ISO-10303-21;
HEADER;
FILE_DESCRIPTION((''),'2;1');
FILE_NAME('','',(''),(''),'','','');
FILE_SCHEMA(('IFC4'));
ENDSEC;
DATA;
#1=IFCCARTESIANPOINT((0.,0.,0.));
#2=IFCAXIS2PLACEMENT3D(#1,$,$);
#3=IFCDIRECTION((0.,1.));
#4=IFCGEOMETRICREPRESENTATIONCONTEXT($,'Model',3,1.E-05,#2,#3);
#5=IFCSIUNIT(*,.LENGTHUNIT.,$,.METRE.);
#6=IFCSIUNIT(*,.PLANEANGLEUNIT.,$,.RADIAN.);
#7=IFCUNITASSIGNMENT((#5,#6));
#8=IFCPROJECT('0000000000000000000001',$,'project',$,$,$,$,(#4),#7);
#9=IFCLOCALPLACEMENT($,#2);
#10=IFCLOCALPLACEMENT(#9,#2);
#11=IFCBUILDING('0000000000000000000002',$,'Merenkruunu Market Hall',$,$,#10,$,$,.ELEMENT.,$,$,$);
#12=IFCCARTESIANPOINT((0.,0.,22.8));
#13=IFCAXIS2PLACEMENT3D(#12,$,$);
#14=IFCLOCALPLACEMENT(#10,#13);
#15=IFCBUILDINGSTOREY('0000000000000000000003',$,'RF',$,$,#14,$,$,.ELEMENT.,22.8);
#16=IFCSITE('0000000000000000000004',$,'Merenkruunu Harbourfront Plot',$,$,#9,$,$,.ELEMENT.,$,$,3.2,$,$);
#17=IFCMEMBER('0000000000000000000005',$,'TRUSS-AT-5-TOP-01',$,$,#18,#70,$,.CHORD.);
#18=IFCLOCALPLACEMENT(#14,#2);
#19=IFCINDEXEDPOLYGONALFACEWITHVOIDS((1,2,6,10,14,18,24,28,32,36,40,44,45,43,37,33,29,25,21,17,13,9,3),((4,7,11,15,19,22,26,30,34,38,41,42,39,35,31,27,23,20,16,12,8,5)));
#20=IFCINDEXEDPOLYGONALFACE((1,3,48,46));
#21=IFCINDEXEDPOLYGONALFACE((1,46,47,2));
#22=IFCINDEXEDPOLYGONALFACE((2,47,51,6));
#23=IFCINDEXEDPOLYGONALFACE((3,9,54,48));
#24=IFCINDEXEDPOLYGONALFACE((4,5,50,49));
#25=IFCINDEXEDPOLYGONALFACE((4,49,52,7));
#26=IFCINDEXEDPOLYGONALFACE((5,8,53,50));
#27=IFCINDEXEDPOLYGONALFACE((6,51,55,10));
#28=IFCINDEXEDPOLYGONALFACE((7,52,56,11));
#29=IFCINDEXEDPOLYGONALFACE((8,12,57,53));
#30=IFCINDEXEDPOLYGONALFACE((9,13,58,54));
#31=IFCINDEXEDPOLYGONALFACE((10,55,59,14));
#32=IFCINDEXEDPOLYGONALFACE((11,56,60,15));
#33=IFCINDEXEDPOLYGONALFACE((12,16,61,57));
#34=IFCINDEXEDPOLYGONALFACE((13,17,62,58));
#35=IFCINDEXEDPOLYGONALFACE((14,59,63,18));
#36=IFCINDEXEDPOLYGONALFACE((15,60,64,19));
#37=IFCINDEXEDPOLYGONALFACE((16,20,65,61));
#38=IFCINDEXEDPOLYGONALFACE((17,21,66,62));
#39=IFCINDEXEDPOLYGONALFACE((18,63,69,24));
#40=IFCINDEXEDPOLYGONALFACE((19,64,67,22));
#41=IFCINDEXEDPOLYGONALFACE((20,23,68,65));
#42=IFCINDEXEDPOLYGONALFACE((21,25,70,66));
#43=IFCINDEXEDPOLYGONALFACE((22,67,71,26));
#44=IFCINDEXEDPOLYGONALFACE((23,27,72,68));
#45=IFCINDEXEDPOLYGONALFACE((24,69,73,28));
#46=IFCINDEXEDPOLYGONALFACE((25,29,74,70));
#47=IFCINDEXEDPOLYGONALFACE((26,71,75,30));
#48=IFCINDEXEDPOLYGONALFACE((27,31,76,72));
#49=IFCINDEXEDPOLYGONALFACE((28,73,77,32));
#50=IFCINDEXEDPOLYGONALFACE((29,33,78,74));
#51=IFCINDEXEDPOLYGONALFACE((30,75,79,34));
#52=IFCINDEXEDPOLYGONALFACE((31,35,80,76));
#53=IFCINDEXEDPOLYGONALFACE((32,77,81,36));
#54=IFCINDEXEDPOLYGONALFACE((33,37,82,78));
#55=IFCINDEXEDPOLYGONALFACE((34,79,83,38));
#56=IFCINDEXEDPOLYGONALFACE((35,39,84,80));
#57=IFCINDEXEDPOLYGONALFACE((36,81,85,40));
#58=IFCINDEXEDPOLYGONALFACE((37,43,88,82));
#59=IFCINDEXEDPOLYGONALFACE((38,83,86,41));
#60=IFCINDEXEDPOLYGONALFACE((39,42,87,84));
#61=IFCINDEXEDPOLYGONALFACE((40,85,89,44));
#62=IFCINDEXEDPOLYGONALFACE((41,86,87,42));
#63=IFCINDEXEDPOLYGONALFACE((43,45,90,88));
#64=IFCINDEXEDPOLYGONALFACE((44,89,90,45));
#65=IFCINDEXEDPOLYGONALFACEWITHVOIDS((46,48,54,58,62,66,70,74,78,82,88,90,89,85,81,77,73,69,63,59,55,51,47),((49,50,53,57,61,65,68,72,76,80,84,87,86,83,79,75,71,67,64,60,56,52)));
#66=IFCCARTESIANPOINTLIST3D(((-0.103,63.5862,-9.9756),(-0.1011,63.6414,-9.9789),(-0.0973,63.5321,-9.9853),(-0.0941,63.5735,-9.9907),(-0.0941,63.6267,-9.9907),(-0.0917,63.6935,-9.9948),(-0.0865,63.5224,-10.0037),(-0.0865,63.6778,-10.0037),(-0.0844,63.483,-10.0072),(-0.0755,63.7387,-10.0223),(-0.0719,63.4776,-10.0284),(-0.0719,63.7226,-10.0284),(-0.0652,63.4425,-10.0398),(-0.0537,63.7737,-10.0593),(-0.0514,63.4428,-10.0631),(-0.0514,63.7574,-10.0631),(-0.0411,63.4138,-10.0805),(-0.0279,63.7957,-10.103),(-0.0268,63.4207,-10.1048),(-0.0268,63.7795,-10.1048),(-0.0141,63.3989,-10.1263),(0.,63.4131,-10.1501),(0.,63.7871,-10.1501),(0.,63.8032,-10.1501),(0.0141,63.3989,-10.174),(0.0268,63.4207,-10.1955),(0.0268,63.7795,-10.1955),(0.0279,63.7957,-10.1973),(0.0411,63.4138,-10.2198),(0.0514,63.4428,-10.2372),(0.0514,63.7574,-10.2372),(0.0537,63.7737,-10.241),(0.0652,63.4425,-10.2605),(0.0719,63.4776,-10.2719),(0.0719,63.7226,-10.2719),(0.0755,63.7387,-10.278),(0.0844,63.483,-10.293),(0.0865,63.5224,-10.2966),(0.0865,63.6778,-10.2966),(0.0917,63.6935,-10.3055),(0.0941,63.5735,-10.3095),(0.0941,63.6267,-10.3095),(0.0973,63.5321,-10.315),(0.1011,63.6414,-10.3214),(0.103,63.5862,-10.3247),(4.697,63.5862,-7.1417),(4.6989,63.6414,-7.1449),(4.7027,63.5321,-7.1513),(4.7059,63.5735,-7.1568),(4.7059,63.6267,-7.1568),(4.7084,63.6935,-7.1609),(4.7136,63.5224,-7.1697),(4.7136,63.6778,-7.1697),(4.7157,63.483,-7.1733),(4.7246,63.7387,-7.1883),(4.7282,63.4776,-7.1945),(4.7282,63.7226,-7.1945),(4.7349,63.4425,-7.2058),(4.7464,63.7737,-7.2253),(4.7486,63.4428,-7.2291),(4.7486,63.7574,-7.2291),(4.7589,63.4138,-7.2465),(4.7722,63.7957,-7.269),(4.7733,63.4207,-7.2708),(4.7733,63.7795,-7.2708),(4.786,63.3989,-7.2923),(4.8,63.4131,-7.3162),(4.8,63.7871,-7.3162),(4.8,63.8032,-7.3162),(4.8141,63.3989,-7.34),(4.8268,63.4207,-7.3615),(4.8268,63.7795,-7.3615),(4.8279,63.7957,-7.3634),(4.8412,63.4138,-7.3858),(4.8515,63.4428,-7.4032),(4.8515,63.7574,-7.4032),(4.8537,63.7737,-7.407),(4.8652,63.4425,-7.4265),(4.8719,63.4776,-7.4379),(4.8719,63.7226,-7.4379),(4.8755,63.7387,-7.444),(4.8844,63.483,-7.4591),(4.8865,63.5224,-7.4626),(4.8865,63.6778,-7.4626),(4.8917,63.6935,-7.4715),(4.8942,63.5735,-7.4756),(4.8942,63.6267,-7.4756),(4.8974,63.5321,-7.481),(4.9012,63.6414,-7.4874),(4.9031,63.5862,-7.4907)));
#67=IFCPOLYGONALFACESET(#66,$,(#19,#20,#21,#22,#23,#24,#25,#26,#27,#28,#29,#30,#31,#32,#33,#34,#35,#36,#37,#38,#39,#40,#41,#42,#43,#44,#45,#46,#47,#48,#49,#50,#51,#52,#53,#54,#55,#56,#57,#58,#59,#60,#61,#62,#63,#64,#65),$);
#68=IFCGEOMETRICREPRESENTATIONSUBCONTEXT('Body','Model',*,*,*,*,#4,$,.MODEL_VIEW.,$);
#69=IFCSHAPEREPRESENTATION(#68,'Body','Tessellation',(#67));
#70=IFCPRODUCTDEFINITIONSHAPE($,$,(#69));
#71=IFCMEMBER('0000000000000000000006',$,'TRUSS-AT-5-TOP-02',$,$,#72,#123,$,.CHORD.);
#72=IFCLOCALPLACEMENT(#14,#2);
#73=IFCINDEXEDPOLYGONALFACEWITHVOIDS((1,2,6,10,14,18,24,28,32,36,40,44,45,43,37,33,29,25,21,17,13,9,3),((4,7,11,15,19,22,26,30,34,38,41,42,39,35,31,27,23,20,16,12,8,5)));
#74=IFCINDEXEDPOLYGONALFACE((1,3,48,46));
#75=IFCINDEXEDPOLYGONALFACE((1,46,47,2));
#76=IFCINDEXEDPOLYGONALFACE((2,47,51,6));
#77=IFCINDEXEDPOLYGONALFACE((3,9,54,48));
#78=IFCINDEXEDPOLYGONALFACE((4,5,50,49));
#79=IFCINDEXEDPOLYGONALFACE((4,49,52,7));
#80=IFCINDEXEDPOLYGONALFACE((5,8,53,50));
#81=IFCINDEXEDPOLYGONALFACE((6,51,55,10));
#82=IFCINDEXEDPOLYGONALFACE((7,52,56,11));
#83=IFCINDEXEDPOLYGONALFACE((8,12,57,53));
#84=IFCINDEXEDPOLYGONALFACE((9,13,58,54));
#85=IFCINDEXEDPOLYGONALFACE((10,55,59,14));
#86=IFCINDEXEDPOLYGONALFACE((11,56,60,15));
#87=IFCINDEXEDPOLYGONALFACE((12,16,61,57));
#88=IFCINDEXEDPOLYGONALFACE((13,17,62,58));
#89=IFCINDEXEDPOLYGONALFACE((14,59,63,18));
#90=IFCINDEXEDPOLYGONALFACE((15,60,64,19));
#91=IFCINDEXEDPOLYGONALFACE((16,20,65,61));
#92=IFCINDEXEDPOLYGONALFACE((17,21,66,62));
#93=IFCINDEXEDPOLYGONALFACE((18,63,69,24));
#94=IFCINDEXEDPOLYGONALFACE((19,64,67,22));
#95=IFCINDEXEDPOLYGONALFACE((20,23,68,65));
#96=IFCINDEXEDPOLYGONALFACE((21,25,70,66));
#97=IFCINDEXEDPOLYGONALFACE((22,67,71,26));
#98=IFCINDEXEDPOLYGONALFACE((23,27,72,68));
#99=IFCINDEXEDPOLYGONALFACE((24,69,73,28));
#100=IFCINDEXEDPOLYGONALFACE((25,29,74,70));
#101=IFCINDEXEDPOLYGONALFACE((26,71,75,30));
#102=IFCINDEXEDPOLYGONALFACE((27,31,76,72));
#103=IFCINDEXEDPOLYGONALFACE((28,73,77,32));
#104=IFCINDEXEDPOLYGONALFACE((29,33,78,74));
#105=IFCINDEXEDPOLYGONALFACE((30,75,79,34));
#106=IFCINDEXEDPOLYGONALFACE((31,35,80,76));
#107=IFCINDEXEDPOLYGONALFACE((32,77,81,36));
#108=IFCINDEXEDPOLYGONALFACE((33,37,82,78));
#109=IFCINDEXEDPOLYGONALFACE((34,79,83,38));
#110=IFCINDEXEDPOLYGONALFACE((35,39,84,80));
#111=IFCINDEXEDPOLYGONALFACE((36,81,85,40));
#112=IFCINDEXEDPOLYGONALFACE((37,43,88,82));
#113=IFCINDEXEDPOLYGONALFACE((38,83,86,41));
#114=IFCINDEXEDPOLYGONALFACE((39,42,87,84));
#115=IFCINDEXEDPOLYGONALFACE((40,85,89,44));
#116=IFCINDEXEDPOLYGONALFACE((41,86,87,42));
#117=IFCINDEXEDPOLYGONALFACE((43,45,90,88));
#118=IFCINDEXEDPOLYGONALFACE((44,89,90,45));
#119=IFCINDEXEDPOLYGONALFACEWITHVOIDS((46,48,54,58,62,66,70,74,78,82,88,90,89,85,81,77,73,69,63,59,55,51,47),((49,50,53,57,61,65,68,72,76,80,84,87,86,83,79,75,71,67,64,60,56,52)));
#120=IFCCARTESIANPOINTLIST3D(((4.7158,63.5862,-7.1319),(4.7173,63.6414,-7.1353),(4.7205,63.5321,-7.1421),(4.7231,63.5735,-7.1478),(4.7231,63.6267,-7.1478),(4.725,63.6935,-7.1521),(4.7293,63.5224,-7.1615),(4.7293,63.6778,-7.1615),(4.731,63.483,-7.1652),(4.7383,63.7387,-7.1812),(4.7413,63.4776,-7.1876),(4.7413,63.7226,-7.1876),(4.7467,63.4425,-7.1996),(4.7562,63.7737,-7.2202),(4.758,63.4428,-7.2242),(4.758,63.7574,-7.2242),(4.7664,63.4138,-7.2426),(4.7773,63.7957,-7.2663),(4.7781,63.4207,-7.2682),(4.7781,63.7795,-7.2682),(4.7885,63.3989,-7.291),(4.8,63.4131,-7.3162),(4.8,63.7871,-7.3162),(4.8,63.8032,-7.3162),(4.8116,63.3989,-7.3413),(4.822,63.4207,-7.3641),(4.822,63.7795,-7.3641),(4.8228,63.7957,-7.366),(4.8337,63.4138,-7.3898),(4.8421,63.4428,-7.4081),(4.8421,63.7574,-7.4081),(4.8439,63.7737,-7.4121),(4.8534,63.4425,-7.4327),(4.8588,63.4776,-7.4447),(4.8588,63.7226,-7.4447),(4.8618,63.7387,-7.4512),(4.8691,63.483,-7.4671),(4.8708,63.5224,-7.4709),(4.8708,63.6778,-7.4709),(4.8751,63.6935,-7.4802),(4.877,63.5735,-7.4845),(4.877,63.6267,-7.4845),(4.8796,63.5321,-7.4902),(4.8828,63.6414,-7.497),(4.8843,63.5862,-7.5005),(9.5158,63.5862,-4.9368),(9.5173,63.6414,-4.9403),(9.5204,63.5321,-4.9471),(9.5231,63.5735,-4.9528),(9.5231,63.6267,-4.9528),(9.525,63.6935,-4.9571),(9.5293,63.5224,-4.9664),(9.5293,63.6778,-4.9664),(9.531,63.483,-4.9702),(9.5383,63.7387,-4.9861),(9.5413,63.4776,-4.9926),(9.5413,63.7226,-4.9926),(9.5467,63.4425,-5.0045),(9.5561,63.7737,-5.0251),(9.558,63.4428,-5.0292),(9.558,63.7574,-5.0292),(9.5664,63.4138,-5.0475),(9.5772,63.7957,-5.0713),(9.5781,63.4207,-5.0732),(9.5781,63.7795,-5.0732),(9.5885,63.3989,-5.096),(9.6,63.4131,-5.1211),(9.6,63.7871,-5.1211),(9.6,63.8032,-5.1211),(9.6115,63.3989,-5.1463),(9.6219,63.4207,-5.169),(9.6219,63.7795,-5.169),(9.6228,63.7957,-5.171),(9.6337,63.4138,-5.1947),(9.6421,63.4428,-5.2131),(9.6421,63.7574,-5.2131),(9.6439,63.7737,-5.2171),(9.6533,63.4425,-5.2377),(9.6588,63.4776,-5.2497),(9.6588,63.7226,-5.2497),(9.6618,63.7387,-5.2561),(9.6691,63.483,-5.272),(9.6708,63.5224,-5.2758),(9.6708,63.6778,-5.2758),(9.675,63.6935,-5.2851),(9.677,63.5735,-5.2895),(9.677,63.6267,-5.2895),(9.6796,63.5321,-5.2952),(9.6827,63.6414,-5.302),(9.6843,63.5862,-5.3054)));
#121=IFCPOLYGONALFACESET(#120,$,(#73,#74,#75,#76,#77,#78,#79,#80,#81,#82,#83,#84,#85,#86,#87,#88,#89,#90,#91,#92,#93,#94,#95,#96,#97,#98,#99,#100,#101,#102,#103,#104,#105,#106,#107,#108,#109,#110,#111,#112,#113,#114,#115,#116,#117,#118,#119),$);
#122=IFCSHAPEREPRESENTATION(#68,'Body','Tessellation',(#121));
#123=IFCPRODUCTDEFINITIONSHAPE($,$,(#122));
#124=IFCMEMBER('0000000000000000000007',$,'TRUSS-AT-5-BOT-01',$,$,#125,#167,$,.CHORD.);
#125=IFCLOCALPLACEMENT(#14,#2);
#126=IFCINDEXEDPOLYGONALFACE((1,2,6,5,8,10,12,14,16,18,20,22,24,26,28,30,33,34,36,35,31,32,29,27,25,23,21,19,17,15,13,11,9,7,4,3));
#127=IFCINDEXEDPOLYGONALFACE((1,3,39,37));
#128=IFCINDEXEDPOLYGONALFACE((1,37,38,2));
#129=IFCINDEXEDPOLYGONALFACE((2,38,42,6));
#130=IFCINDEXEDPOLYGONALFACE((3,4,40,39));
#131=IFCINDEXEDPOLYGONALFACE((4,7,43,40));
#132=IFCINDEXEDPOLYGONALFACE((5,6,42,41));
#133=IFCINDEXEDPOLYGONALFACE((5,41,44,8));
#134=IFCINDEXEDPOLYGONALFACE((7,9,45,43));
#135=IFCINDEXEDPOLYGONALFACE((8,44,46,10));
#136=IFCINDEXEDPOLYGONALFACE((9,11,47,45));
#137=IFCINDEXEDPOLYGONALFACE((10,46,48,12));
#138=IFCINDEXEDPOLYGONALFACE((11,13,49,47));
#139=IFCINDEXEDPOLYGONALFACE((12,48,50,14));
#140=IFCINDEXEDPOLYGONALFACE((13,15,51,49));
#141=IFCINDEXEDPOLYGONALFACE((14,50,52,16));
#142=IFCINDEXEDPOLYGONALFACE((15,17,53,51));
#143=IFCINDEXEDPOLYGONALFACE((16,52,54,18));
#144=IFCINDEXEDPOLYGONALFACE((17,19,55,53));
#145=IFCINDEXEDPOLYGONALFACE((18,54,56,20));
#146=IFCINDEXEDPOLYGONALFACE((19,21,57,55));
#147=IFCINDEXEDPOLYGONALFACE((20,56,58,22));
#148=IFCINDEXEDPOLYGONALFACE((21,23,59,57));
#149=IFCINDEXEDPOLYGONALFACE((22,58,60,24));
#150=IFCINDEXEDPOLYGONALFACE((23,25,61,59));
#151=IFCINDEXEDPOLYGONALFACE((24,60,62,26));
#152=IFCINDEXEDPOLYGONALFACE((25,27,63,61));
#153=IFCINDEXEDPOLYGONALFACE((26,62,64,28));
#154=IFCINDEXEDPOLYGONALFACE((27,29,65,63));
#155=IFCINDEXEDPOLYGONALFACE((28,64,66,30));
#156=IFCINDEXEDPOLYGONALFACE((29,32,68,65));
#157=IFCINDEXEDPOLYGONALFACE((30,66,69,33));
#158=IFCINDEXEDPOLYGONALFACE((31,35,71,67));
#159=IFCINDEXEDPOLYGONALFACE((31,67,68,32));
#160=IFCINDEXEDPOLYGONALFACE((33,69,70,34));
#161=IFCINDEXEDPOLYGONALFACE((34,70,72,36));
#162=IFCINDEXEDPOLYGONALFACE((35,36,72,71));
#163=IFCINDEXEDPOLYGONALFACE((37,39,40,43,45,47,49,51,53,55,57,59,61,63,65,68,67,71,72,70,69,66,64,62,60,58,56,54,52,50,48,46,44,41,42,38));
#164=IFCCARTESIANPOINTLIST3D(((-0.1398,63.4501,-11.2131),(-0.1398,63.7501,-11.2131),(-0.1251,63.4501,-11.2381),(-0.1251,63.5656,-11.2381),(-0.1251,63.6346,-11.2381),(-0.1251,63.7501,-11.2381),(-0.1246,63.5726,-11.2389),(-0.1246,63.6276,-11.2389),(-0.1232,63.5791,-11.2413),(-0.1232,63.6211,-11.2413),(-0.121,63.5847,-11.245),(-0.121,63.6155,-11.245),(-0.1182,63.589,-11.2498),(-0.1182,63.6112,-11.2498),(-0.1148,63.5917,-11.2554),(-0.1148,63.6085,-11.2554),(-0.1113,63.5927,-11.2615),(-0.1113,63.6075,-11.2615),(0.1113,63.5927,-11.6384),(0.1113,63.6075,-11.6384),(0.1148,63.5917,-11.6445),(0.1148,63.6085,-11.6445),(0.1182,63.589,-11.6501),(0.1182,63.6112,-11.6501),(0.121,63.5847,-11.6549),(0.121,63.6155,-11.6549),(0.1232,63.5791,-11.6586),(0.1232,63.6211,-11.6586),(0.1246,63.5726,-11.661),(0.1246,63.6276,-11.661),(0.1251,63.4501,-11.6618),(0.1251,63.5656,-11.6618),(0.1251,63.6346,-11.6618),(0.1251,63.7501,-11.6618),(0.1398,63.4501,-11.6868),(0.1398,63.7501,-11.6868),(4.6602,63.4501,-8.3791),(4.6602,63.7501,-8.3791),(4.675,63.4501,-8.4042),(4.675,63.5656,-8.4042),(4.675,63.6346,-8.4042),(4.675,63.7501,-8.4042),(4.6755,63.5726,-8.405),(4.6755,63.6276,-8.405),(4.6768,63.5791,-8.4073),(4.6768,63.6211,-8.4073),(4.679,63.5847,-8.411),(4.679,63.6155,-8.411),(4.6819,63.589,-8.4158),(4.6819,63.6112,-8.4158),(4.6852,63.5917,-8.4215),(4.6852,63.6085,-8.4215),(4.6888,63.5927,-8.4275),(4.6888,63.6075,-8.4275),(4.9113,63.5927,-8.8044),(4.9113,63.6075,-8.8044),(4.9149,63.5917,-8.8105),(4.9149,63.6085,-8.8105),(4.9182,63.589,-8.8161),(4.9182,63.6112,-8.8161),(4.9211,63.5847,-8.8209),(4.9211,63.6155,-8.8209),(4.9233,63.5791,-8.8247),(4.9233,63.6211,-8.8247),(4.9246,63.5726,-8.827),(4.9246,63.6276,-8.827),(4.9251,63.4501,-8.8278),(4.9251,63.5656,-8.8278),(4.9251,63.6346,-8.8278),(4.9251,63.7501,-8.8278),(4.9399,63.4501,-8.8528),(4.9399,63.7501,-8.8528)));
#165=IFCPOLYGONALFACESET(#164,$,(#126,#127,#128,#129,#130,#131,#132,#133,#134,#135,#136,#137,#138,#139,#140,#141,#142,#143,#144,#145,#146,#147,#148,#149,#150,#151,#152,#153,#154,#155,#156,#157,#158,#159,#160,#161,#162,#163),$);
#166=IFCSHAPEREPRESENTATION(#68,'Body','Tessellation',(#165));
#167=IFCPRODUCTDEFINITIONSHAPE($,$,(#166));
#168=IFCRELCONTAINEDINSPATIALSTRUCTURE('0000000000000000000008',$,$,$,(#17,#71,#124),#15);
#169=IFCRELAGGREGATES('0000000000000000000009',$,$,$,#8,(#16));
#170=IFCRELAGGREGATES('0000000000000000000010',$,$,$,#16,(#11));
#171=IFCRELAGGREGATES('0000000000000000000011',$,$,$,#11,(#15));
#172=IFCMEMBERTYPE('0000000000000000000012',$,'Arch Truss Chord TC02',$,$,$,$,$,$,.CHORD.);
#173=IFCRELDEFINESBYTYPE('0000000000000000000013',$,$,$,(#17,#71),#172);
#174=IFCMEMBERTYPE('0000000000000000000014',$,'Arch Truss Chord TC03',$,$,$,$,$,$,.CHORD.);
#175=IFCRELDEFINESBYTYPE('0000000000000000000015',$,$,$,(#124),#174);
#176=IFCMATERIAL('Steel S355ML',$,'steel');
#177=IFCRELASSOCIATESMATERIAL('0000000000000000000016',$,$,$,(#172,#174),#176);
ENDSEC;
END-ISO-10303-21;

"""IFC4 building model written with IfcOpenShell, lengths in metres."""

from ifc_helpers import new_model, si_unit, direction, frame, origin, origin_2d, place, context, subcontext, project, spatial, hollow_circle, i_section, extrude, material, material_profile, profile_set, type_object, element, save


model = new_model("IFC4")

# Units and contexts
model_context = context("Model", 3, precision=1e-05, world=origin(), true_north=direction((0.0, 1.0)))
body_context = subcontext(model_context, "Body", "Model", "MODEL_VIEW")
ifc_project = project(units=[si_unit("LENGTHUNIT", "METRE"), si_unit("PLANEANGLEUNIT", "RADIAN")], contexts=[model_context])

# Site, building, storey
site_placement = place(None, origin())
site = spatial("IfcSite", under=ifc_project, at=site_placement, Name="Merenkruunu Harbourfront Plot", CompositionType="ELEMENT", RefElevation=3.2)
building_placement = place(site_placement, origin())
building = spatial("IfcBuilding", under=site, at=building_placement, Name="Merenkruunu Market Hall", CompositionType="ELEMENT")
storey_placement = place(building_placement, frame((0.0, 0.0, 22.8)))
storey = spatial("IfcBuildingStorey", under=building, at=storey_placement, Name="RF", CompositionType="ELEMENT", Elevation=22.8)

# Members
ifc_material_1 = material(Name="Steel S355ML", Category="steel")
ifc_material_profile_1 = material_profile(ifc_material_1, hollow_circle(Radius=0.2031, WallThickness=0.0161, at=origin_2d()), Name="CHS 406.4x16")
ifc_profile_set_1 = profile_set([ifc_material_profile_1], Name="Steel S355ML")
member_type_1 = type_object("IfcMemberType", Name="Arch Truss Chord TC02", PredefinedType="CHORD", material=ifc_profile_set_1)
member_1_placement = place(storey_placement, frame((0.0, 63.6001, -10.1501), z_axis=(0.861116, 0.0, 0.508409), x_axis=(0.0, 1.0, 0.0)))
element("IfcMember", 1, at=member_1_placement, inside=storey, type_object=member_type_1, Name="TRUSS-AT-5-TOP-01", PredefinedType="CHORD", context=body_context, shape_type="SweptSolid", body=[
    extrude(hollow_circle(Radius=0.2031, WallThickness=0.0161, at=origin_2d()), origin(), (0.0, 0.0, 1.0), 5.5742),
])
member_2_placement = place(storey_placement, frame((4.8, 63.6001, -7.3162), z_axis=(0.90942, 0.0, 0.415879), x_axis=(0.0, 1.0, 0.0)))
element("IfcMember", 2, at=member_2_placement, inside=storey, type_object=member_type_1, Name="TRUSS-AT-5-TOP-02", PredefinedType="CHORD", context=body_context, shape_type="SweptSolid", body=[
    extrude(hollow_circle(Radius=0.2031, WallThickness=0.0161, at=origin_2d()), origin(), (0.0, 0.0, 1.0), 5.2781),
])
ifc_material_profile_2 = material_profile(ifc_material_1, i_section(OverallWidth=0.3, OverallDepth=0.55, WebThickness=0.0149, FlangeThickness=0.0291, FilletRadius=0.0271, at=origin_2d()), Name="HEB 550")
ifc_profile_set_2 = profile_set([ifc_material_profile_2], Name="Steel S355ML")
member_type_2 = type_object("IfcMemberType", Name="Arch Truss Chord TC03", PredefinedType="CHORD", material=ifc_profile_set_2)
member_3_placement = place(storey_placement, frame((0.0, 63.6001, -11.45), z_axis=(0.861116, 0.0, 0.508409), x_axis=(0.0, 1.0, 0.0)))
element("IfcMember", 3, at=member_3_placement, inside=storey, type_object=member_type_2, Name="TRUSS-AT-5-BOT-01", PredefinedType="CHORD", context=body_context, shape_type="SweptSolid", body=[
    extrude(i_section(OverallWidth=0.3, OverallDepth=0.55, WebThickness=0.0149, FlangeThickness=0.0291, FilletRadius=0.0271, at=origin_2d()), origin(), (0.0, 0.0, 1.0), 5.5742),
])

save(model, "model.ifc")
